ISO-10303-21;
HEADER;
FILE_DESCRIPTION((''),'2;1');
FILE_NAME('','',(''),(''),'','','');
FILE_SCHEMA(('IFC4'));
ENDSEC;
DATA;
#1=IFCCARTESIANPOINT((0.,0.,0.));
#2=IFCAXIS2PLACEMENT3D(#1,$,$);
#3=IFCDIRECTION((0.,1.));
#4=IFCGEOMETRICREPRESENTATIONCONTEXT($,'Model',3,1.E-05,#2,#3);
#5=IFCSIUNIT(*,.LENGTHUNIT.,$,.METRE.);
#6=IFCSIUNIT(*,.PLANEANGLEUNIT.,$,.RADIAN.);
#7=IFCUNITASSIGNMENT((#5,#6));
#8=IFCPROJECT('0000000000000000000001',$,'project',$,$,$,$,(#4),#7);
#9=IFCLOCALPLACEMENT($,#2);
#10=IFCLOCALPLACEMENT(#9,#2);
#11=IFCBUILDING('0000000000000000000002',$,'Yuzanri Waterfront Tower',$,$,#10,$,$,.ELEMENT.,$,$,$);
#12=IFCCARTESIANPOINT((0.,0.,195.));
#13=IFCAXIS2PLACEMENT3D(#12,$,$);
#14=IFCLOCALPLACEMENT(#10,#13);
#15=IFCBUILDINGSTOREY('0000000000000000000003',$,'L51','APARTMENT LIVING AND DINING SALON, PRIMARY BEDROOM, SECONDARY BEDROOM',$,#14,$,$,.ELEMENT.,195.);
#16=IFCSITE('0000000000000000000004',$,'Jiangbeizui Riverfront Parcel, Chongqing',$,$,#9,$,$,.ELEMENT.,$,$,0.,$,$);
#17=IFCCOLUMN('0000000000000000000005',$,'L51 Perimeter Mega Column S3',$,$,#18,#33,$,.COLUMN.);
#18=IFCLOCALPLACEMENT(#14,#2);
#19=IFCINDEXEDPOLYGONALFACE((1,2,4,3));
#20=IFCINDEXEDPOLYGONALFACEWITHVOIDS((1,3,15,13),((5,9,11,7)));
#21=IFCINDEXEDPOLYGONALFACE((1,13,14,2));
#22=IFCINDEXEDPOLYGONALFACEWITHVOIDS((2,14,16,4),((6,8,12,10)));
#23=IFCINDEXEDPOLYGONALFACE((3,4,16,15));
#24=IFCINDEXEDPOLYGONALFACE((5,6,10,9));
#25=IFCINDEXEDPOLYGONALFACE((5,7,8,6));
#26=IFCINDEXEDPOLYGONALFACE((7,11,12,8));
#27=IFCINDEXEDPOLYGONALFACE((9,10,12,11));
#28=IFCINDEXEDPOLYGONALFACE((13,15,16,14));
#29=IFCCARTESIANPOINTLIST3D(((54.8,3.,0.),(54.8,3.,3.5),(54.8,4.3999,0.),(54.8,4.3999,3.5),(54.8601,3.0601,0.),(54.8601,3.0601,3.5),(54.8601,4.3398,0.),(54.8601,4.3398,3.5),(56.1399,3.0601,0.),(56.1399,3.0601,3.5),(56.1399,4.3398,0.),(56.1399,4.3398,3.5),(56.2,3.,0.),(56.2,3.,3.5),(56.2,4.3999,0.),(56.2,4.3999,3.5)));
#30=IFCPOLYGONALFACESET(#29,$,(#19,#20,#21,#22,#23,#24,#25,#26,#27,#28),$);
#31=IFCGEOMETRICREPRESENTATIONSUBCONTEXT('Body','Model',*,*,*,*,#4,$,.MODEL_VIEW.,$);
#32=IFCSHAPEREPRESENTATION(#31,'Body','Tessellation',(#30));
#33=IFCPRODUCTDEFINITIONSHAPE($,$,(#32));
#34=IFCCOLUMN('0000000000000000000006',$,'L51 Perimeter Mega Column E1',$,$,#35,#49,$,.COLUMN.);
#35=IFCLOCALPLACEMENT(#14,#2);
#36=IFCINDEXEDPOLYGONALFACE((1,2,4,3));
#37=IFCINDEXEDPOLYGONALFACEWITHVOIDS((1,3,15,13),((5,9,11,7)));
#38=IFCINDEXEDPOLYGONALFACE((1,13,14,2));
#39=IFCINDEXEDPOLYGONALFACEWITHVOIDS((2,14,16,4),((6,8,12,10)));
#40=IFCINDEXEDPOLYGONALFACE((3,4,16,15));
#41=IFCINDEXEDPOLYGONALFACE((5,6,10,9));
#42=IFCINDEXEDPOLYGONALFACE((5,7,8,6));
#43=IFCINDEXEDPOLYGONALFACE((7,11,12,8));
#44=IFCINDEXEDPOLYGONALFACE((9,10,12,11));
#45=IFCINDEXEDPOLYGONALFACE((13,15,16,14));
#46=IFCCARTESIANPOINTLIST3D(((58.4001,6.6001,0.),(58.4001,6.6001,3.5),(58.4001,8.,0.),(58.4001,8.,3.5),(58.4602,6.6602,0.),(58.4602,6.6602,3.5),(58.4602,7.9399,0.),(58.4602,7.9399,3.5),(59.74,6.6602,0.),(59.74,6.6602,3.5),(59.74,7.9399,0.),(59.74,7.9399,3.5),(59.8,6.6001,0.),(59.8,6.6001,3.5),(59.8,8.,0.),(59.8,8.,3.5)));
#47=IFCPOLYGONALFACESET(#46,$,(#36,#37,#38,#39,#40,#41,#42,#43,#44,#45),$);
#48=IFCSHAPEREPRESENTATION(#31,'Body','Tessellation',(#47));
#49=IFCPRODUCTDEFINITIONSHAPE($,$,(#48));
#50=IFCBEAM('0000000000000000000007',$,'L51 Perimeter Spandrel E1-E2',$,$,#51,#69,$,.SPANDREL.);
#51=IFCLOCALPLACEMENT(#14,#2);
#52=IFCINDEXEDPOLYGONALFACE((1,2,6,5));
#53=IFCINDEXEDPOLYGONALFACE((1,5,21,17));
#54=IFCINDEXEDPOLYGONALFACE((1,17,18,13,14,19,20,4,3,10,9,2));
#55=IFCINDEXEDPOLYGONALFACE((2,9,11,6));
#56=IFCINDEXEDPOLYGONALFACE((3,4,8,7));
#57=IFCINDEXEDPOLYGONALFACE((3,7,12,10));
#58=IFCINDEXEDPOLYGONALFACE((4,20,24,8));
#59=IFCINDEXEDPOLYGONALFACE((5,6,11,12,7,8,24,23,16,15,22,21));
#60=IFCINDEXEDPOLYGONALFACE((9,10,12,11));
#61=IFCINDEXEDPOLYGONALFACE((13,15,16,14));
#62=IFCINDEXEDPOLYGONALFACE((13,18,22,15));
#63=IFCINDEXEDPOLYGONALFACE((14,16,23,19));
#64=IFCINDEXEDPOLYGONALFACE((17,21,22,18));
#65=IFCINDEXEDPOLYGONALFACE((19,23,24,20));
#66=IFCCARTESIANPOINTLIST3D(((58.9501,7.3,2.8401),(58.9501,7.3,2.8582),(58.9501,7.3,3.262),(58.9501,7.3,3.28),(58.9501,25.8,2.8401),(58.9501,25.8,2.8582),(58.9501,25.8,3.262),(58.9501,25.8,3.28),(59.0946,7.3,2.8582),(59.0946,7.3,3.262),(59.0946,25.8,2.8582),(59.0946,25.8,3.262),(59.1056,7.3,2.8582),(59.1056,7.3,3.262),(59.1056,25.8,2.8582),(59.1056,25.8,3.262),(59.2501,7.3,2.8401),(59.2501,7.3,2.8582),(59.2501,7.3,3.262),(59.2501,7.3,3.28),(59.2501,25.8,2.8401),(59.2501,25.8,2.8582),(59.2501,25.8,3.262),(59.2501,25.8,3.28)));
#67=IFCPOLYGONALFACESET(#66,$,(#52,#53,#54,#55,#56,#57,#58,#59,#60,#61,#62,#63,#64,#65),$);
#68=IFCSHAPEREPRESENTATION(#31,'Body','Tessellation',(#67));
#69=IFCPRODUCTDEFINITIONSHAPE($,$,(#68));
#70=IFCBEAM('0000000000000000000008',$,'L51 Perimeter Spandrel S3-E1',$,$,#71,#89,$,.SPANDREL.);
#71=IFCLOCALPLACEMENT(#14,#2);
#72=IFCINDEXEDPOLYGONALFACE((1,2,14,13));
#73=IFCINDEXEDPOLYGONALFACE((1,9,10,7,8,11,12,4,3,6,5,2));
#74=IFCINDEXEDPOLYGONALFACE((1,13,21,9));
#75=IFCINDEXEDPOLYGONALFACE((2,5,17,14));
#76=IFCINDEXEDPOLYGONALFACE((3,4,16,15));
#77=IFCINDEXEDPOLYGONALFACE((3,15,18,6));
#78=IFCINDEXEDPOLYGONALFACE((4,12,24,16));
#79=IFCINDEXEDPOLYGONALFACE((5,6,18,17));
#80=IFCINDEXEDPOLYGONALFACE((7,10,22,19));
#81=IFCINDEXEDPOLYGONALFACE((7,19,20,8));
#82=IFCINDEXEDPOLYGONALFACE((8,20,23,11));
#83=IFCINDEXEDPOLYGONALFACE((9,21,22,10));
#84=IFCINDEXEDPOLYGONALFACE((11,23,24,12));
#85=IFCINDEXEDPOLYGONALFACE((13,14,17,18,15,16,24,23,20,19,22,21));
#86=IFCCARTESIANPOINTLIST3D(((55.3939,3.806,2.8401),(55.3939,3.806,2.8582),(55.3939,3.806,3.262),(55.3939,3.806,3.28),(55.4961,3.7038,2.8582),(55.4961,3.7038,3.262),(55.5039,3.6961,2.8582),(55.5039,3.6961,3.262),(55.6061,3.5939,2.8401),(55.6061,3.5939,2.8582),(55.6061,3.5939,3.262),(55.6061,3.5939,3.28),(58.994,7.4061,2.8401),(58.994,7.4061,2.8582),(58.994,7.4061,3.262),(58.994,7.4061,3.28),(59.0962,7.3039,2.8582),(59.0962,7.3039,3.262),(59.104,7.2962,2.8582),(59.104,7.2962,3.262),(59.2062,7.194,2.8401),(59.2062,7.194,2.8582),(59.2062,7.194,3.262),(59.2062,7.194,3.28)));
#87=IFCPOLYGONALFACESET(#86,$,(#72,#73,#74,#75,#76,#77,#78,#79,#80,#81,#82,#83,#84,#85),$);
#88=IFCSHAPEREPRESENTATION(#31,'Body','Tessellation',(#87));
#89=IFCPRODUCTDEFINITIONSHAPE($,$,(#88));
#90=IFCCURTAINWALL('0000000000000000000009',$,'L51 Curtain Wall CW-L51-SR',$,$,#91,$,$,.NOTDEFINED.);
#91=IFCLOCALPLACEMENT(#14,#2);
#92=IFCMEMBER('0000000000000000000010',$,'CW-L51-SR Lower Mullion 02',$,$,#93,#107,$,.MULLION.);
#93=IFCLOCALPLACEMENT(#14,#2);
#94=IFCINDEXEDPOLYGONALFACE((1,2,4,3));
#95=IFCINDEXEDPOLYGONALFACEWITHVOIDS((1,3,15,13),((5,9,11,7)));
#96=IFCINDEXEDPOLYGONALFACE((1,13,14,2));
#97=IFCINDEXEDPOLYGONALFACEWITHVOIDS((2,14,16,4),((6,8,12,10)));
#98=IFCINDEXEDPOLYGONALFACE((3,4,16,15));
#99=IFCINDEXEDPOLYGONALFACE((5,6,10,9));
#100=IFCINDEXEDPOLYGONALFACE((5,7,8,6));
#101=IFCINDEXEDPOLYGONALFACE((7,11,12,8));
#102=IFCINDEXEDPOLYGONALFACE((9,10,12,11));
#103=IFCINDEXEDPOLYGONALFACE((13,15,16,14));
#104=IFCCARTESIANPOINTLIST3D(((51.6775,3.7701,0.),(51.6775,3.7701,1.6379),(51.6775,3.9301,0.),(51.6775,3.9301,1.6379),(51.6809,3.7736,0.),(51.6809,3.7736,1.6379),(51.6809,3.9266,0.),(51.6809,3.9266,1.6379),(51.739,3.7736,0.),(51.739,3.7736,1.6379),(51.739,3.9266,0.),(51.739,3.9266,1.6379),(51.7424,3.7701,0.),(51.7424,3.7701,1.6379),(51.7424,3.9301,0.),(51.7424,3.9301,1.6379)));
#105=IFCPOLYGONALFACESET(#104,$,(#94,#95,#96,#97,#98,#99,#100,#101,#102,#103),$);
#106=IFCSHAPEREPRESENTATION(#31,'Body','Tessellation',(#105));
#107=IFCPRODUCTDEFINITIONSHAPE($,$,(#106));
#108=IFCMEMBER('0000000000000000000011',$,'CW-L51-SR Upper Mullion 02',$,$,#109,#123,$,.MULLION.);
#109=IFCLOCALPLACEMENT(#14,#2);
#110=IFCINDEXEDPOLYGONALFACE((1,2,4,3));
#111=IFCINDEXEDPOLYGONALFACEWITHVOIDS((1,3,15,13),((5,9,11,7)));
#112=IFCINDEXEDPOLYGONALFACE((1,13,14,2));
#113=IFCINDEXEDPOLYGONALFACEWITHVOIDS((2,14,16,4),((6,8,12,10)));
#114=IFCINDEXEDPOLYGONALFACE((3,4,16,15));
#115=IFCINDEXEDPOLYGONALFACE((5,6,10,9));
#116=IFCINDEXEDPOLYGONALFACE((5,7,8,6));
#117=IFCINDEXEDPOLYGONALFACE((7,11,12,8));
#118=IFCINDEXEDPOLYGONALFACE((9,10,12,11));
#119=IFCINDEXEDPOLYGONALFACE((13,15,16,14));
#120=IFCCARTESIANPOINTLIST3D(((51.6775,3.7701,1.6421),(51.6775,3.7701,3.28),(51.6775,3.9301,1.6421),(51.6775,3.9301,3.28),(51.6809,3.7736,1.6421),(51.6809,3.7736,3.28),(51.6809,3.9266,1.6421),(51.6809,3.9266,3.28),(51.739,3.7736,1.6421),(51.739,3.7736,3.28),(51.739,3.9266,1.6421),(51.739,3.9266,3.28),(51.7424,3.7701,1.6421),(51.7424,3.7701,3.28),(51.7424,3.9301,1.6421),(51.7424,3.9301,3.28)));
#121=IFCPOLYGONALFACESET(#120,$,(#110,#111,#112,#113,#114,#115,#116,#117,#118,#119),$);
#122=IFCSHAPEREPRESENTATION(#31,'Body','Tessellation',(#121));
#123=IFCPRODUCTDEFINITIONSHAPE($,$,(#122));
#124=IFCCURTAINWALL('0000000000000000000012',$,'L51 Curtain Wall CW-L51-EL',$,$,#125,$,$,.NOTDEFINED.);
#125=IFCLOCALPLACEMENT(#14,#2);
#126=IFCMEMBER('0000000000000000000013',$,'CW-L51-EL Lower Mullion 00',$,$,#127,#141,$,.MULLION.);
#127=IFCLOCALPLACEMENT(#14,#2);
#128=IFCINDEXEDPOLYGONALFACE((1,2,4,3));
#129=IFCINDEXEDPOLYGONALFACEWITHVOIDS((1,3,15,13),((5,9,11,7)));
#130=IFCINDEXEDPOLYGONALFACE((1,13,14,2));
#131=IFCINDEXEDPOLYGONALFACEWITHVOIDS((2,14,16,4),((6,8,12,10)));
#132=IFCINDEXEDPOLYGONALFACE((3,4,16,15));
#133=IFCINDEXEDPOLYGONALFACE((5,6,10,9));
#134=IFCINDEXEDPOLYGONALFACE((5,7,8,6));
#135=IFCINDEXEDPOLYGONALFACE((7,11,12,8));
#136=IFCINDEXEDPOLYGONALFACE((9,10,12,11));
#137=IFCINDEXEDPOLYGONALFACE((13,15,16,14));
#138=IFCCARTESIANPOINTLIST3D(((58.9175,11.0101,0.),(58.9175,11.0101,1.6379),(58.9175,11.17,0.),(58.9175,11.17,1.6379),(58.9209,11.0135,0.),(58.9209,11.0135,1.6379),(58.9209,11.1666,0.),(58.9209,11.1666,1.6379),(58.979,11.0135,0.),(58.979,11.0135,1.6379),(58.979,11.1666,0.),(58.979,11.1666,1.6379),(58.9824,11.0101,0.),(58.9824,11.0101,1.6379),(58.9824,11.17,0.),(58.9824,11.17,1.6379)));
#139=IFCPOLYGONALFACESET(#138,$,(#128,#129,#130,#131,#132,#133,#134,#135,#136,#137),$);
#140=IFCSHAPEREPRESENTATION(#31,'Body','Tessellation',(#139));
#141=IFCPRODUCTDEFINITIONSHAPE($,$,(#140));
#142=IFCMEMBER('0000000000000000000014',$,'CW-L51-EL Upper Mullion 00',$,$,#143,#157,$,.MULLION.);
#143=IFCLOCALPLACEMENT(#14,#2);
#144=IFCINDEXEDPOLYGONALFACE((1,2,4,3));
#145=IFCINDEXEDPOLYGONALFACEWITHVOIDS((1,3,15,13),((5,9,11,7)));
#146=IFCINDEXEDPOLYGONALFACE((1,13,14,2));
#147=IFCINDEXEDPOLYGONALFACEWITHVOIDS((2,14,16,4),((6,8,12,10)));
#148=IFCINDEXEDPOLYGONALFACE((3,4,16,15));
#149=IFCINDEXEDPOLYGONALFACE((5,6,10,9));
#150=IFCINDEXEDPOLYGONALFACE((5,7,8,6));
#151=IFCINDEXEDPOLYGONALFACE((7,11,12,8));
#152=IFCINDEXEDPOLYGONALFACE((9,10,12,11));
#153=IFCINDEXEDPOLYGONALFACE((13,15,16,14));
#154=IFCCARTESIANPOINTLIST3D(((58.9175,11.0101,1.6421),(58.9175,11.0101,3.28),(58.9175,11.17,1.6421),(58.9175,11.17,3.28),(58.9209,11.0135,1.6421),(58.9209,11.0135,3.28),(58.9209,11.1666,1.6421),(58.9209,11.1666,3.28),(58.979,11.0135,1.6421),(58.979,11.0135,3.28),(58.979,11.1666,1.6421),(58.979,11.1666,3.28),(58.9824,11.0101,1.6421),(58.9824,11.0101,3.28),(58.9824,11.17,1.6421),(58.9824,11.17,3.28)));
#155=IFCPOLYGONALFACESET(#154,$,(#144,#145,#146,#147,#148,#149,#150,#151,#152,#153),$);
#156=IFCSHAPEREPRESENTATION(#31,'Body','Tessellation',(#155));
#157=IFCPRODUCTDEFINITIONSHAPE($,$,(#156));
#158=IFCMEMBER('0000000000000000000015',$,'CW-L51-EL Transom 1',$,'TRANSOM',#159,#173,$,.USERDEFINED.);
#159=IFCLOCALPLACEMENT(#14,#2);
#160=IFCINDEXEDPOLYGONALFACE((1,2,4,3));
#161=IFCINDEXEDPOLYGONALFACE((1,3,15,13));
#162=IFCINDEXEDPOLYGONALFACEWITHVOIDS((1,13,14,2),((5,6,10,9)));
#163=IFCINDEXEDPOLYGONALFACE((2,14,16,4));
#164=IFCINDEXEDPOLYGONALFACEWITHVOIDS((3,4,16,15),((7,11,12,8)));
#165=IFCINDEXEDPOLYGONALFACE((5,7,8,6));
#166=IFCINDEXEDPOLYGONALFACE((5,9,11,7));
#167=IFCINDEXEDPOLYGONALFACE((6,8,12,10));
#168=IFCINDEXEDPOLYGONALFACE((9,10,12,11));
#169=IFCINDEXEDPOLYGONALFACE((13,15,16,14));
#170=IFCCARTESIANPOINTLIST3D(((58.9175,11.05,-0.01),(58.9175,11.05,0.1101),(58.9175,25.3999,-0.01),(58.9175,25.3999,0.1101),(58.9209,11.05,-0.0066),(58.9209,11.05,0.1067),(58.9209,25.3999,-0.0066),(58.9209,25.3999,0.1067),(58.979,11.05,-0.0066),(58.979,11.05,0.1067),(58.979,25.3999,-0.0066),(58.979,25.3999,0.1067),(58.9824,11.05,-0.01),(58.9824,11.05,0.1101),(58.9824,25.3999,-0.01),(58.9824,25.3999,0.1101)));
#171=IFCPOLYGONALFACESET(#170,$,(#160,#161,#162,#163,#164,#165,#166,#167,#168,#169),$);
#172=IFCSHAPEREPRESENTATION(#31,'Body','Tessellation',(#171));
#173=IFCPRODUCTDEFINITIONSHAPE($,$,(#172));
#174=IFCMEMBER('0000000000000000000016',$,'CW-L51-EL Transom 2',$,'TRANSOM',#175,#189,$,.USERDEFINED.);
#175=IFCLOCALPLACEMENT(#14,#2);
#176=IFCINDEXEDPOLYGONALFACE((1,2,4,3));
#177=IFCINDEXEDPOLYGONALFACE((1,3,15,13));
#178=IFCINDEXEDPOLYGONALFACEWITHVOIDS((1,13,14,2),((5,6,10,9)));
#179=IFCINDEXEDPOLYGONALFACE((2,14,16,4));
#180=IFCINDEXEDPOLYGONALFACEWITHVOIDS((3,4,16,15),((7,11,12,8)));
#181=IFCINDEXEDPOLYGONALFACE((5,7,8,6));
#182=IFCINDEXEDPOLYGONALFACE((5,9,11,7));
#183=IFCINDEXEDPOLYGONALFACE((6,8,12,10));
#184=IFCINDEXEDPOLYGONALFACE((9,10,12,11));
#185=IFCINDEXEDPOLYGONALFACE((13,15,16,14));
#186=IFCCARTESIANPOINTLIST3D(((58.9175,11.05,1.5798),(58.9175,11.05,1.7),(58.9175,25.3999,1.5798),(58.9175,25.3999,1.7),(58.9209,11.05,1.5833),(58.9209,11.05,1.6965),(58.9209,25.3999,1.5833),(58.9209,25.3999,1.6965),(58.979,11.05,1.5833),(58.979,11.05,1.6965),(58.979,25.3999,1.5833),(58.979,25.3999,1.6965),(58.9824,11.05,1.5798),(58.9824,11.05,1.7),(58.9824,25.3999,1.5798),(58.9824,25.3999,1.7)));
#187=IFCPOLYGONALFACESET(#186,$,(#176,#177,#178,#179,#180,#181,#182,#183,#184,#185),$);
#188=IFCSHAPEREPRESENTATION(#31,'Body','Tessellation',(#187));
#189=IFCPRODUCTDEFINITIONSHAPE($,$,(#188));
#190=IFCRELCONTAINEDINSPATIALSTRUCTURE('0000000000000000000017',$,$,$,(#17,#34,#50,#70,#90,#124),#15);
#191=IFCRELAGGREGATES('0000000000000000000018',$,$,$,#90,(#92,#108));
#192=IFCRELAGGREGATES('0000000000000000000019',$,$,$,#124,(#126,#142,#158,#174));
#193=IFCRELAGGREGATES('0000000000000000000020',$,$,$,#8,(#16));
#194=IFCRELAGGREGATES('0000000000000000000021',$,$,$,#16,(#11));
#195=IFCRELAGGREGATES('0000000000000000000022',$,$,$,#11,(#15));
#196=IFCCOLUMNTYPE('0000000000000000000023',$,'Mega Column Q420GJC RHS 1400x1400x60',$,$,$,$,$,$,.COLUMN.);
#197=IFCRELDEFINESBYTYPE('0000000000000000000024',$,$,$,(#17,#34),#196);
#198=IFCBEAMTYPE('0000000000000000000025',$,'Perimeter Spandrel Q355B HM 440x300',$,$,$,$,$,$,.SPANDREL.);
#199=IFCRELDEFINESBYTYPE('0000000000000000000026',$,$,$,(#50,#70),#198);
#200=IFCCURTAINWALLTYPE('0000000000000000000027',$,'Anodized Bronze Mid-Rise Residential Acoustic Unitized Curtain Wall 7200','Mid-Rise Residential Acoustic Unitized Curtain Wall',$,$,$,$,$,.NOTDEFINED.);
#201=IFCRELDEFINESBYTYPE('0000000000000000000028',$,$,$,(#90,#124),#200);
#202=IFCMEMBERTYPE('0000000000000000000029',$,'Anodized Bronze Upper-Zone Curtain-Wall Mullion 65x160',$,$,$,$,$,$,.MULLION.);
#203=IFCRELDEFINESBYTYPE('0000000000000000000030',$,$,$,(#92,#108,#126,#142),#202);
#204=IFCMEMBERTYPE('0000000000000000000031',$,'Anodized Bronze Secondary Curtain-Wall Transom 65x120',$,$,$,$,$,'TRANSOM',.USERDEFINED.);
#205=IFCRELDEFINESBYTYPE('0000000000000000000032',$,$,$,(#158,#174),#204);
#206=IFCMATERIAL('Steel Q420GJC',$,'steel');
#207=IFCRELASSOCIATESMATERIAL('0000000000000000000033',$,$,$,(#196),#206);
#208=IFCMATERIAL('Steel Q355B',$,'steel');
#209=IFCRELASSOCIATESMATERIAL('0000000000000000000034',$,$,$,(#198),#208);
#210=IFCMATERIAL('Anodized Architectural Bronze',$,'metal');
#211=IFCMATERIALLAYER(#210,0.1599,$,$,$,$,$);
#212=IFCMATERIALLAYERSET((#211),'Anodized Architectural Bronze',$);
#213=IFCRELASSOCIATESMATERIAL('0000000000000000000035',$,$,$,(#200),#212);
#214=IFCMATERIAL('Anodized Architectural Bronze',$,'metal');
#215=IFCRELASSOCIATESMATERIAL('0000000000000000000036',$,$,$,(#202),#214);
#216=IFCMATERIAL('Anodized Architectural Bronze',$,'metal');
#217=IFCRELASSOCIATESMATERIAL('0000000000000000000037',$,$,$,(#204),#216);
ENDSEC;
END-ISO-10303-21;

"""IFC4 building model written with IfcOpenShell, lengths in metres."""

from ifc_helpers import new_model, si_unit, direction, frame, origin, origin_2d, place, context, subcontext, project, spatial, hollow_rectangle, i_section, extrude, source, transform, mapped, material, layer, layer_set, material_profile, profile_set, type_object, element, aggregate, save


model = new_model("IFC4")

# Units and contexts
model_context = context("Model", 3, precision=1e-05, world=origin(), true_north=direction((0.0, 1.0)))
body_context = subcontext(model_context, "Body", "Model", "MODEL_VIEW")
ifc_project = project(units=[si_unit("LENGTHUNIT", "METRE"), si_unit("PLANEANGLEUNIT", "RADIAN")], contexts=[model_context])

# Site, building, storey
site_placement = place(None, origin())
site = spatial("IfcSite", under=ifc_project, at=site_placement, Name="Jiangbeizui Riverfront Parcel, Chongqing", CompositionType="ELEMENT", RefElevation=0.0)
building_placement = place(site_placement, origin())
building = spatial("IfcBuilding", under=site, at=building_placement, Name="Yuzanri Waterfront Tower", CompositionType="ELEMENT")
storey_placement = place(building_placement, frame((0.0, 0.0, 195.0)))
storey = spatial("IfcBuildingStorey", under=building, at=storey_placement, Name="L51", Description="APARTMENT LIVING AND DINING SALON, PRIMARY BEDROOM, SECONDARY BEDROOM", CompositionType="ELEMENT", Elevation=195.0)

# Columns
ifc_material_1 = material(Name="Steel Q420GJC", Category="steel")
ifc_material_profile_1 = material_profile(ifc_material_1, hollow_rectangle(XDim=1.3999, YDim=1.3999, WallThickness=0.0601, at=origin_2d()), Name="RHS 1400x1400x60")
ifc_profile_set_1 = profile_set([ifc_material_profile_1], Name="Steel Q420GJC")
column_type = type_object("IfcColumnType", Name="Mega Column Q420GJC RHS 1400x1400x60", PredefinedType="COLUMN", material=ifc_profile_set_1)
shared_shape_1 = source(origin(), body_context, "Body", "SweptSolid", [
    extrude(hollow_rectangle(XDim=1.3999, YDim=1.3999, WallThickness=0.0601, at=origin_2d()), origin(), (0.0, 0.0, 1.0), 3.5),
])
for number, where, z_axis, x_axis, name in (
    (1, (55.5, 3.7, 0.0), (0.0, 0.0, 1.0), (1.0, 0.0, 0.0), "L51 Perimeter Mega Column S3"),
    (2, (59.1001, 7.3, 0.0), (0.0, 0.0, 1.0), (1.0, 0.0, 0.0), "L51 Perimeter Mega Column E1"),
):
    element("IfcColumn", number, at=place(storey_placement, frame(where, z_axis=z_axis, x_axis=x_axis)), inside=storey, type_object=column_type, Name=name, PredefinedType="COLUMN", context=body_context, shape_type="MappedRepresentation", body=[
        mapped(shared_shape_1, transform((0.0, 0.0, 0.0), scale=1.0)),
    ])

# Beams
ifc_material_2 = material(Name="Steel Q355B", Category="steel")
ifc_material_profile_2 = material_profile(ifc_material_2, i_section(OverallWidth=0.3, OverallDepth=0.4399, WebThickness=0.011, FlangeThickness=0.0181, at=origin_2d()), Name="HM 440x300x11x18")
ifc_profile_set_2 = profile_set([ifc_material_profile_2], Name="Steel Q355B")
beam_type = type_object("IfcBeamType", Name="Perimeter Spandrel Q355B HM 440x300", PredefinedType="SPANDREL", material=ifc_profile_set_2)
shared_shape_2 = source(origin(), body_context, "Body", "SweptSolid", [
    extrude(i_section(OverallWidth=0.3, OverallDepth=0.4399, WebThickness=0.011, FlangeThickness=0.0181, at=origin_2d()), origin(), (0.0, 0.0, 1.0), 18.5),
])
beam_1_placement = place(storey_placement, frame((59.1001, 7.3, 3.0601), z_axis=(0.0, 1.0, 0.0), x_axis=(-1.0, 0.0, 0.0)))
element("IfcBeam", 3, at=beam_1_placement, inside=storey, type_object=beam_type, Name="L51 Perimeter Spandrel E1-E2", PredefinedType="SPANDREL", context=body_context, shape_type="MappedRepresentation", body=[
    mapped(shared_shape_2, transform((0.0, 0.0, 0.0), scale=1.0)),
])
shared_shape_3 = source(origin(), body_context, "Body", "SweptSolid", [
    extrude(i_section(OverallWidth=0.3, OverallDepth=0.4399, WebThickness=0.011, FlangeThickness=0.0181, at=origin_2d()), origin(), (0.0, 0.0, 1.0), 5.0913),
])
beam_2_placement = place(storey_placement, frame((55.5, 3.7, 3.0601), z_axis=(0.707107, 0.707107, 0.0), x_axis=(-0.707107, 0.707107, 0.0)))
element("IfcBeam", 4, at=beam_2_placement, inside=storey, type_object=beam_type, Name="L51 Perimeter Spandrel S3-E1", PredefinedType="SPANDREL", context=body_context, shape_type="MappedRepresentation", body=[
    mapped(shared_shape_3, transform((0.0, 0.0, 0.0), scale=1.0)),
])

# Curtain walls, members
ifc_material_3 = material(Name="Anodized Architectural Bronze", Category="metal")
ifc_layer_1 = layer(ifc_material_3, 0.1599)
ifc_layer_set_1 = layer_set([ifc_layer_1], Name="Anodized Architectural Bronze")
curtain_wall_type = type_object("IfcCurtainWallType", Name="Anodized Bronze Mid-Rise Residential Acoustic Unitized Curtain Wall 7200", Description="Mid-Rise Residential Acoustic Unitized Curtain Wall", PredefinedType="NOTDEFINED", material=ifc_layer_set_1)
curtain_wall_1_placement = place(storey_placement, origin())
curtain_wall_1 = element("IfcCurtainWall", 5, at=curtain_wall_1_placement, inside=storey, type_object=curtain_wall_type, Name="L51 Curtain Wall CW-L51-SR", PredefinedType="NOTDEFINED")
ifc_material_4 = material(Name="Anodized Architectural Bronze", Category="metal")
ifc_material_profile_3 = material_profile(ifc_material_4, hollow_rectangle(XDim=0.0649, YDim=0.1599, WallThickness=0.0034, at=origin_2d()), Name="CWM 65x160")
ifc_profile_set_3 = profile_set([ifc_material_profile_3], Name="Anodized Architectural Bronze")
member_type_1 = type_object("IfcMemberType", Name="Anodized Bronze Upper-Zone Curtain-Wall Mullion 65x160", PredefinedType="MULLION", material=ifc_profile_set_3)
shared_shape_4 = source(origin(), body_context, "Body", "SweptSolid", [
    extrude(hollow_rectangle(XDim=0.0649, YDim=0.1599, WallThickness=0.0034, at=origin_2d()), origin(), (0.0, 0.0, 1.0), 1.6379),
])
member_1_placement = place(storey_placement, frame((51.71, 3.8501, 0.0), z_axis=(0.0, 0.0, 1.0), x_axis=(1.0, 0.0, 0.0)))
member_1 = element("IfcMember", 6, at=member_1_placement, type_object=member_type_1, Name="CW-L51-SR Lower Mullion 02", PredefinedType="MULLION", context=body_context, shape_type="MappedRepresentation", body=[
    mapped(shared_shape_4, transform((0.0, 0.0, 0.0), scale=1.0)),
])
member_2_placement = place(storey_placement, frame((51.71, 3.8501, 1.6421), z_axis=(0.0, 0.0, 1.0), x_axis=(1.0, 0.0, 0.0)))
member_2 = element("IfcMember", 7, at=member_2_placement, type_object=member_type_1, Name="CW-L51-SR Upper Mullion 02", PredefinedType="MULLION", context=body_context, shape_type="MappedRepresentation", body=[
    mapped(shared_shape_4, transform((0.0, 0.0, 0.0), scale=1.0)),
])
aggregate(curtain_wall_1, [member_1, member_2])
curtain_wall_2_placement = place(storey_placement, origin())
curtain_wall_2 = element("IfcCurtainWall", 8, at=curtain_wall_2_placement, inside=storey, type_object=curtain_wall_type, Name="L51 Curtain Wall CW-L51-EL", PredefinedType="NOTDEFINED")
member_3_placement = place(storey_placement, frame((58.95, 11.0901, 0.0), z_axis=(0.0, 0.0, 1.0), x_axis=(1.0, 0.0, 0.0)))
member_3 = element("IfcMember", 9, at=member_3_placement, type_object=member_type_1, Name="CW-L51-EL Lower Mullion 00", PredefinedType="MULLION", context=body_context, shape_type="MappedRepresentation", body=[
    mapped(shared_shape_4, transform((0.0, 0.0, 0.0), scale=1.0)),
])
member_4_placement = place(storey_placement, frame((58.95, 11.0901, 1.6421), z_axis=(0.0, 0.0, 1.0), x_axis=(1.0, 0.0, 0.0)))
member_4 = element("IfcMember", 10, at=member_4_placement, type_object=member_type_1, Name="CW-L51-EL Upper Mullion 00", PredefinedType="MULLION", context=body_context, shape_type="MappedRepresentation", body=[
    mapped(shared_shape_4, transform((0.0, 0.0, 0.0), scale=1.0)),
])
ifc_material_5 = material(Name="Anodized Architectural Bronze", Category="metal")
ifc_material_profile_4 = material_profile(ifc_material_5, hollow_rectangle(XDim=0.0649, YDim=0.1201, WallThickness=0.0034, at=origin_2d()), Name="CWT 65x120")
ifc_profile_set_4 = profile_set([ifc_material_profile_4], Name="Anodized Architectural Bronze")
member_type_2 = type_object("IfcMemberType", Name="Anodized Bronze Secondary Curtain-Wall Transom 65x120", ElementType="TRANSOM", PredefinedType="USERDEFINED", material=ifc_profile_set_4)
shared_shape_5 = source(origin(), body_context, "Body", "SweptSolid", [
    extrude(hollow_rectangle(XDim=0.0649, YDim=0.1201, WallThickness=0.0034, at=origin_2d()), origin(), (0.0, 0.0, 1.0), 14.3499),
])
member_5_placement = place(storey_placement, frame((58.95, 11.05, 0.05), z_axis=(0.0, 1.0, 0.0), x_axis=(-1.0, 0.0, 0.0)))
member_5 = element("IfcMember", 11, at=member_5_placement, type_object=member_type_2, Name="CW-L51-EL Transom 1", ObjectType="TRANSOM", PredefinedType="USERDEFINED", context=body_context, shape_type="MappedRepresentation", body=[
    mapped(shared_shape_5, transform((0.0, 0.0, 0.0), scale=1.0)),
])
member_6_placement = place(storey_placement, frame((58.95, 11.05, 1.6399), z_axis=(0.0, 1.0, 0.0), x_axis=(-1.0, 0.0, 0.0)))
member_6 = element("IfcMember", 12, at=member_6_placement, type_object=member_type_2, Name="CW-L51-EL Transom 2", ObjectType="TRANSOM", PredefinedType="USERDEFINED", context=body_context, shape_type="MappedRepresentation", body=[
    mapped(shared_shape_5, transform((0.0, 0.0, 0.0), scale=1.0)),
])
aggregate(curtain_wall_2, [member_3, member_4, member_5, member_6])

save(model, "model.ifc")
